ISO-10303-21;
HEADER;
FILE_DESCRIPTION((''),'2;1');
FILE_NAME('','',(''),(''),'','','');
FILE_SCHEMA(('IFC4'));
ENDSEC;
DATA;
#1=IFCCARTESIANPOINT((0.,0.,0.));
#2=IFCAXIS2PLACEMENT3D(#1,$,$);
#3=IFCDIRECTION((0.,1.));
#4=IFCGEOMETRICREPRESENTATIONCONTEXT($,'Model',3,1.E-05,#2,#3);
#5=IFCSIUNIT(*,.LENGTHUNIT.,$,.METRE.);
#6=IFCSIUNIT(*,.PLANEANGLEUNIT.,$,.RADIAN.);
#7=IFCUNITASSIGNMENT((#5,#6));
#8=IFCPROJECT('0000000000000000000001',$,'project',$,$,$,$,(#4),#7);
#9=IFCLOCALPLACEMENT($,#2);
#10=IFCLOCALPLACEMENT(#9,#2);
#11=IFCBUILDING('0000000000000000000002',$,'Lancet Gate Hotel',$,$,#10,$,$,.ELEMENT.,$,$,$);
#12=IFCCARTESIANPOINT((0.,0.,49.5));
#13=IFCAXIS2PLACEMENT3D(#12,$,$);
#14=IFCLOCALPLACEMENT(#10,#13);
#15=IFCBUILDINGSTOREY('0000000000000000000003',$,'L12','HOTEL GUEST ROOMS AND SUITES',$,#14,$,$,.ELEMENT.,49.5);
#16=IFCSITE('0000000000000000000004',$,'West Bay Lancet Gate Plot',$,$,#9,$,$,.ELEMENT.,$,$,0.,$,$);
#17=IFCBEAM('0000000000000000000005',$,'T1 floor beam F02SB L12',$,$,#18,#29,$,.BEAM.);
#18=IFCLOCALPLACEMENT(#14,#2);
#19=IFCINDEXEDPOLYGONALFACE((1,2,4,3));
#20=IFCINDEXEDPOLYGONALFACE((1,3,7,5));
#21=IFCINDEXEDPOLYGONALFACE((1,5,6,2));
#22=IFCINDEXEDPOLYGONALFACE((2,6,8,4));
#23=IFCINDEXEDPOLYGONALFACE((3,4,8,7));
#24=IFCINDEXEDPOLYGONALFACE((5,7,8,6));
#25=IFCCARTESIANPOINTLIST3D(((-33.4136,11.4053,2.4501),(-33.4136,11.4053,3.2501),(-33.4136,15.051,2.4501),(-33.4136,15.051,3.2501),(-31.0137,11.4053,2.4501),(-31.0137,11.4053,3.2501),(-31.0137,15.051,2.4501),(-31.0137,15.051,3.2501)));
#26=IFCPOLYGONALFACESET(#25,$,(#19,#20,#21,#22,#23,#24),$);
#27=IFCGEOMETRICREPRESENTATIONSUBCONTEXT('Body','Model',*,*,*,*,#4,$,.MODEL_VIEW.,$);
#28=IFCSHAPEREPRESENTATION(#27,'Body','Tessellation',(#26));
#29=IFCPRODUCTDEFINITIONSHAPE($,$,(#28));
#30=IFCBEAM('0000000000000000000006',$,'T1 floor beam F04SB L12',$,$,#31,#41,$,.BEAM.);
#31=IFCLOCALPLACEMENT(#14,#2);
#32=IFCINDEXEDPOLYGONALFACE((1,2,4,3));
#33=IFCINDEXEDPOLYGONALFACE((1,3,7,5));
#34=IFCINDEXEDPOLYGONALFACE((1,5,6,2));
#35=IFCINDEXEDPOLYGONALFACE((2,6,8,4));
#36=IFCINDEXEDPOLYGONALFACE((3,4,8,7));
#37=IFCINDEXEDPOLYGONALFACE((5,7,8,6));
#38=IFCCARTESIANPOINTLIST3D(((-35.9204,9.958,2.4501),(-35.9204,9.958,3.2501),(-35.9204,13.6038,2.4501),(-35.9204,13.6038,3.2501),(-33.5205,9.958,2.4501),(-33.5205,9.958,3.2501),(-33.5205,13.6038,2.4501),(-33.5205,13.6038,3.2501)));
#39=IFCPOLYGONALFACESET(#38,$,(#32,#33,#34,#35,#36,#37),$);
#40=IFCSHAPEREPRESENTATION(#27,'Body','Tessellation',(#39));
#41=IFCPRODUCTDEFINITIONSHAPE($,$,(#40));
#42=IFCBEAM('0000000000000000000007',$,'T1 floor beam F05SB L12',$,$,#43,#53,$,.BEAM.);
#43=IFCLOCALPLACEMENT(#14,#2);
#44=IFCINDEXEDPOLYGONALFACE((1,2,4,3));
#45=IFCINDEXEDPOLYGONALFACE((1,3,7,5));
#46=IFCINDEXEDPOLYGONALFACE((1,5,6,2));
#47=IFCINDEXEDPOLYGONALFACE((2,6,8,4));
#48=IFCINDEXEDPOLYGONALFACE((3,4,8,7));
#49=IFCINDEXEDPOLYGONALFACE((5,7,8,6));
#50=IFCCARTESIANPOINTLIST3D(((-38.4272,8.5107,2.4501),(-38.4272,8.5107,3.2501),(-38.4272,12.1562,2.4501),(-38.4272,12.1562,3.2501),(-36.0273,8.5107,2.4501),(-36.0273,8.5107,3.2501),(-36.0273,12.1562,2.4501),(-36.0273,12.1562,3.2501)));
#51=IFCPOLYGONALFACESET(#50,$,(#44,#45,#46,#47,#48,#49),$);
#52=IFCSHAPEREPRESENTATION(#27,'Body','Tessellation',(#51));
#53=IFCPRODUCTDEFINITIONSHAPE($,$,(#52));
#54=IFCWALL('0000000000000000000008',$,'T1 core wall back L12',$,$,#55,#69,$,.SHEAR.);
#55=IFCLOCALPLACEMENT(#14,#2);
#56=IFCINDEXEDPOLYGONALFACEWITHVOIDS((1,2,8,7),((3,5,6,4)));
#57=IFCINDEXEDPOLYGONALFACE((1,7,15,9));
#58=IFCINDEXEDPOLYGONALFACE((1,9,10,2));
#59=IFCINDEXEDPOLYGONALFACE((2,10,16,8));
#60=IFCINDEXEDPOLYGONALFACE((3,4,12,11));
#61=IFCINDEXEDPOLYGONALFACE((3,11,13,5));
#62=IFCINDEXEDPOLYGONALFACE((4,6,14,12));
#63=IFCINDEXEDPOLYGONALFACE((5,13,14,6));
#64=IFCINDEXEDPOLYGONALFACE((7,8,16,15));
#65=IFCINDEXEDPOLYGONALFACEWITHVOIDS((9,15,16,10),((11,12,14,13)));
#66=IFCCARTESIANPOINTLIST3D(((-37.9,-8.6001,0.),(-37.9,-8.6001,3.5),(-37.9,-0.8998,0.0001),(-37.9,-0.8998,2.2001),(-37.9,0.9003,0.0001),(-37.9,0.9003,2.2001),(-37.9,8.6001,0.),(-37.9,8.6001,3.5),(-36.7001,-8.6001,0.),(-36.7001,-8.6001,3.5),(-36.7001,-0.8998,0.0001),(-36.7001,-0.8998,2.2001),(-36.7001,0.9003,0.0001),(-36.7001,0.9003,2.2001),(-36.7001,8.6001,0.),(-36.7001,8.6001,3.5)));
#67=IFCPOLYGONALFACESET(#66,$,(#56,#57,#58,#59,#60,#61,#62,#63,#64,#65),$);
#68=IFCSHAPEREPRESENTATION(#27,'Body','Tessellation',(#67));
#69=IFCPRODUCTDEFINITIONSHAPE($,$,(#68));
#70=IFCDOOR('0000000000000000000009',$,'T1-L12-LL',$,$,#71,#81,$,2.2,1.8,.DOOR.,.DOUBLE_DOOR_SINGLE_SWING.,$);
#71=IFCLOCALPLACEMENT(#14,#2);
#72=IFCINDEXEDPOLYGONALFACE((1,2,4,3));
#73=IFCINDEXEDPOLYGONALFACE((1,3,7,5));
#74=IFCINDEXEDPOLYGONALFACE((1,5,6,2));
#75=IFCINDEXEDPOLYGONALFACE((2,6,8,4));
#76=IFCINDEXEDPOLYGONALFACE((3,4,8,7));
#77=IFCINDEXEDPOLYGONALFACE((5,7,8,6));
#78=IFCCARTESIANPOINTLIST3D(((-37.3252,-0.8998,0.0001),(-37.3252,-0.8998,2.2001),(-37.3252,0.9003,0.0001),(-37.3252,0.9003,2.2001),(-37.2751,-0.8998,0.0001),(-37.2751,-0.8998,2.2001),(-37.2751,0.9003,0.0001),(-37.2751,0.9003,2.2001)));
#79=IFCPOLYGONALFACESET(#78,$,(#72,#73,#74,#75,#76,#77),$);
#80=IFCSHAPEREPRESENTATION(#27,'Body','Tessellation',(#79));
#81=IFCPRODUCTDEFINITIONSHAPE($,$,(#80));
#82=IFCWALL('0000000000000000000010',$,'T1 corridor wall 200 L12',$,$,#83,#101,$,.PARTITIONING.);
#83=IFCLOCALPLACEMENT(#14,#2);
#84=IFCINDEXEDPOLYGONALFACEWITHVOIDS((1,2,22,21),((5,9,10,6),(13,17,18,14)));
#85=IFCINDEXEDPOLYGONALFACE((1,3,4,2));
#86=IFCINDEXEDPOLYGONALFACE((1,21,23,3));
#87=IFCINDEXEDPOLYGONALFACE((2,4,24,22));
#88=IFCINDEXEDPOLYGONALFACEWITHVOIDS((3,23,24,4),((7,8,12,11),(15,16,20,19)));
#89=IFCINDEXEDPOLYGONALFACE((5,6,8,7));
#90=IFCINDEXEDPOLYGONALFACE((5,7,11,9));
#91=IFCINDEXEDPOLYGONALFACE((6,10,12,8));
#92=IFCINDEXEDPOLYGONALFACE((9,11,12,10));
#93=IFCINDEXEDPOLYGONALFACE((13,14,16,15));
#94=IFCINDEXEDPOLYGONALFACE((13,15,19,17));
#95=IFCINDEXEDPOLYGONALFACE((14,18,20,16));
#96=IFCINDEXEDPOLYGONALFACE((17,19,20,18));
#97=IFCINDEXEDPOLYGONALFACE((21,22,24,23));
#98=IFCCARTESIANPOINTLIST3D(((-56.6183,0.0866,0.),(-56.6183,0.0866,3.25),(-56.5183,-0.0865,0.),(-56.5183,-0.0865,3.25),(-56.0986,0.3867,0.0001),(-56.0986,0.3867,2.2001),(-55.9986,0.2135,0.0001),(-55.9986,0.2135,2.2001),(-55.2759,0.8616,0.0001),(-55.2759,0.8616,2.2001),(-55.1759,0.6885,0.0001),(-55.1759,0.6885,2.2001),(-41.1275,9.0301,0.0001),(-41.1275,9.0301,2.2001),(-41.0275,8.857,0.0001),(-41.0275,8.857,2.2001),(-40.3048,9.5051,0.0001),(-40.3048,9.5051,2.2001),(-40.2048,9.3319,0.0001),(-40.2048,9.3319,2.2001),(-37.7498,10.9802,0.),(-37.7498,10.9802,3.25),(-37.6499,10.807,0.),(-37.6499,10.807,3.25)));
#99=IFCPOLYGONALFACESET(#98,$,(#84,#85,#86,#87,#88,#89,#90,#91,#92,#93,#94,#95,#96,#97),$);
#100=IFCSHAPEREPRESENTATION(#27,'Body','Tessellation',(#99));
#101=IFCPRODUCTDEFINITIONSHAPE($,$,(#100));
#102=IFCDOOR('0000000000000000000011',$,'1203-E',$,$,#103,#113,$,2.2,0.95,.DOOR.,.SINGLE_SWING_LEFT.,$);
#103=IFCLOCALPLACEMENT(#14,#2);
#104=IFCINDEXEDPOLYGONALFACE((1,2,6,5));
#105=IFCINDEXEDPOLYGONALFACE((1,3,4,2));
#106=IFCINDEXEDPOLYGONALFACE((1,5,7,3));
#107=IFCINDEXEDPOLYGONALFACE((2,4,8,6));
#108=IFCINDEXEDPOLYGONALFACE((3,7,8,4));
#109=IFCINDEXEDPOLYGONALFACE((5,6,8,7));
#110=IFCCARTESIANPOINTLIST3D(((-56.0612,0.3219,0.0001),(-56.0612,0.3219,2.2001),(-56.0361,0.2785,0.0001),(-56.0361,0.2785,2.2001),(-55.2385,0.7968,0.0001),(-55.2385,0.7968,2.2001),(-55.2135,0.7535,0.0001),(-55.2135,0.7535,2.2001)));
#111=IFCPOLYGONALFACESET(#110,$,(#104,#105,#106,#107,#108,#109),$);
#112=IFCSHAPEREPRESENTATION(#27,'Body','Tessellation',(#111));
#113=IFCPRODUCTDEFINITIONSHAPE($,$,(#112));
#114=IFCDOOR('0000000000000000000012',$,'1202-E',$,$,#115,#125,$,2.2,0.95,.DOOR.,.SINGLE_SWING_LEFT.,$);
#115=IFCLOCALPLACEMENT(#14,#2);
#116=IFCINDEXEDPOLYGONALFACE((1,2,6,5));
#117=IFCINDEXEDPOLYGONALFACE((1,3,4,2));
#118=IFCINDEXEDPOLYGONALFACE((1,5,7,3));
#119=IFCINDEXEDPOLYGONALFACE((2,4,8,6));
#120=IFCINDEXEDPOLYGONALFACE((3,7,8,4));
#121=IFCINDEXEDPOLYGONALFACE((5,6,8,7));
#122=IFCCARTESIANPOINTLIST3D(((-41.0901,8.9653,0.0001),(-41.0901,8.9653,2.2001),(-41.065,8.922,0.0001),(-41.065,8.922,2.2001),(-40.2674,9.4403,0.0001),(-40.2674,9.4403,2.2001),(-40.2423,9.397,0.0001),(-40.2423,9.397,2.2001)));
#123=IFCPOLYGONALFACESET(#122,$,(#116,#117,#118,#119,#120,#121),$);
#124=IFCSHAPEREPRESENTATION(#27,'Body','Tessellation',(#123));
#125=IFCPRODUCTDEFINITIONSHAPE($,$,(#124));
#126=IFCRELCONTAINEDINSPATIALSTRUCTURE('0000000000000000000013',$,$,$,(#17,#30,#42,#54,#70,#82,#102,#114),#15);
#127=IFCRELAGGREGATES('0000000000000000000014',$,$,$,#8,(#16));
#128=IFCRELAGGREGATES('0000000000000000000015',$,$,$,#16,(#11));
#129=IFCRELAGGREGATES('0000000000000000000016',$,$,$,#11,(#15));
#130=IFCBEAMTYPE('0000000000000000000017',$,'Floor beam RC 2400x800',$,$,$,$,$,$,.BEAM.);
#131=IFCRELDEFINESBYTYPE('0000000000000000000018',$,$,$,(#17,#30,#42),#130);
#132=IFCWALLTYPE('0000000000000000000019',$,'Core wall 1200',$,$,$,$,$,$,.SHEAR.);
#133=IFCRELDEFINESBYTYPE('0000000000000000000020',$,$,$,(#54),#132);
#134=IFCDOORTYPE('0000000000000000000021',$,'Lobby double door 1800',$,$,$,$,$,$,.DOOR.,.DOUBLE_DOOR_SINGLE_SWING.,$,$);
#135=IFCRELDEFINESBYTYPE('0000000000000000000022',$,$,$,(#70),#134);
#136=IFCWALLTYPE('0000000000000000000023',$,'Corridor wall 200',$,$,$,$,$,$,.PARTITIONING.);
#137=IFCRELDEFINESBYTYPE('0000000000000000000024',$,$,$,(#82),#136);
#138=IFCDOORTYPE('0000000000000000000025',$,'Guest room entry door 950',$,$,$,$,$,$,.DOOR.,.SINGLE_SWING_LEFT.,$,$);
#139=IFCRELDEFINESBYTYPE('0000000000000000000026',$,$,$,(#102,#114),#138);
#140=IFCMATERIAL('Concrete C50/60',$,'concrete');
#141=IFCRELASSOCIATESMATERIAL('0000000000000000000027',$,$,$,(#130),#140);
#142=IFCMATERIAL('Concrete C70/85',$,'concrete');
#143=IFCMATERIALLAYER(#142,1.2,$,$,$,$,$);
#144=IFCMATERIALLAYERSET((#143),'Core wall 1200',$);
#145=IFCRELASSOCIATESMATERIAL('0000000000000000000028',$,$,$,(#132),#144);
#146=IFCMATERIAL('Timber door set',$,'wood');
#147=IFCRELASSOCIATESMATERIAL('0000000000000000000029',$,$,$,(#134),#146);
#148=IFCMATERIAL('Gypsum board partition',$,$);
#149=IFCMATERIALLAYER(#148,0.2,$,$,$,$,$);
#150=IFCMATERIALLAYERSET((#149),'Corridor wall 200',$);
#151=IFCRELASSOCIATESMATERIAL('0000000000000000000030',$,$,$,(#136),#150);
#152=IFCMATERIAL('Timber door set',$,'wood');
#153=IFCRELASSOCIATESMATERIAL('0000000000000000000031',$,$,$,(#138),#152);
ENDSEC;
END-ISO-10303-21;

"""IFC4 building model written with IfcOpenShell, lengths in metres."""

from ifc_helpers import new_model, si_unit, direction, frame, frame_2d, origin, origin_2d, place, context, subcontext, project, spatial, rectangle, extrude, material, layer, layer_set, material_profile, profile_set, type_object, element, fill, save


model = new_model("IFC4")

# Units and contexts
model_context = context("Model", 3, precision=1e-05, world=origin(), true_north=direction((0.0, 1.0)))
body_context = subcontext(model_context, "Body", "Model", "MODEL_VIEW")
ifc_project = project(units=[si_unit("LENGTHUNIT", "METRE"), si_unit("PLANEANGLEUNIT", "RADIAN")], contexts=[model_context])

# Site, building, storey
site_placement = place(None, origin())
site = spatial("IfcSite", under=ifc_project, at=site_placement, Name="West Bay Lancet Gate Plot", CompositionType="ELEMENT", RefElevation=0.0)
building_placement = place(site_placement, origin())
building = spatial("IfcBuilding", under=site, at=building_placement, Name="Lancet Gate Hotel", CompositionType="ELEMENT")
storey_placement = place(building_placement, frame((0.0, 0.0, 49.5)))
storey = spatial("IfcBuildingStorey", under=building, at=storey_placement, Name="L12", Description="HOTEL GUEST ROOMS AND SUITES", CompositionType="ELEMENT", Elevation=49.5)

# Beams
ifc_material_1 = material(Name="Concrete C50/60", Category="concrete")
ifc_material_profile = material_profile(ifc_material_1, rectangle(XDim=2.3999, YDim=0.8, at=origin_2d()), Name="RC 2400x800")
ifc_profile_set = profile_set([ifc_material_profile], Name="Concrete C50/60")
beam_type = type_object("IfcBeamType", Name="Floor beam RC 2400x800", PredefinedType="BEAM", material=ifc_profile_set)
for number, where, z_axis, x_axis, name in (
    (1, (-32.2136, 15.051, 2.8501), (0.0, -1.0, 0.0), (1.0, 0.0, 0.0), "T1 floor beam F02SB L12"),
    (2, (-34.7205, 13.6038, 2.8501), (0.0, -1.0, 0.0), (1.0, 0.0, 0.0), "T1 floor beam F04SB L12"),
):
    element("IfcBeam", number, at=place(storey_placement, frame(where, z_axis=z_axis, x_axis=x_axis)), inside=storey, type_object=beam_type, Name=name, PredefinedType="BEAM", context=body_context, shape_type="SweptSolid", body=[
        extrude(rectangle(XDim=2.3999, YDim=0.8, at=origin_2d()), origin(), (0.0, 0.0, 1.0), 3.6458),
    ])
beam_placement = place(storey_placement, frame((-37.2273, 12.1562, 2.8501), z_axis=(0.0, -1.0, 0.0), x_axis=(1.0, 0.0, 0.0)))
element("IfcBeam", 3, at=beam_placement, inside=storey, type_object=beam_type, Name="T1 floor beam F05SB L12", PredefinedType="BEAM", context=body_context, shape_type="SweptSolid", body=[
    extrude(rectangle(XDim=2.3999, YDim=0.8, at=origin_2d()), origin(), (0.0, 0.0, 1.0), 3.6455),
])

# Wall, opening, door
ifc_material_2 = material(Name="Concrete C70/85", Category="concrete")
ifc_layer_1 = layer(ifc_material_2, 1.2)
ifc_layer_set_1 = layer_set([ifc_layer_1], Name="Core wall 1200")
wall_type_1 = type_object("IfcWallType", Name="Core wall 1200", PredefinedType="SHEAR", material=ifc_layer_set_1)
wall_1_placement = place(storey_placement, frame((-37.3, 8.6001, 0.0), z_axis=(0.0, 0.0, 1.0), x_axis=(0.0, -1.0, 0.0)))
wall_1 = element("IfcWall", 4, at=wall_1_placement, inside=storey, type_object=wall_type_1, Name="T1 core wall back L12", PredefinedType="SHEAR", context=body_context, shape_type="SweptSolid", body=[
    extrude(rectangle(XDim=17.2002, YDim=1.2, at=frame_2d((8.6001, 0.0))), origin(), (0.0, 0.0, 1.0), 3.5),
])
opening_1_placement = place(wall_1_placement, frame((7.7, 0.0, 0.0)))
opening_1 = element("IfcOpeningElement", 5, at=opening_1_placement, cuts=wall_1, PredefinedType="OPENING", context=body_context, shape_type="SweptSolid", body=[
    extrude(rectangle(XDim=1.8, YDim=2.2, at=frame_2d((0.8999, 1.1001))), frame((0.0, 0.6099, 0.0), z_axis=(0.0, -1.0, 0.0), x_axis=(1.0, 0.0, 0.0)), (0.0, 0.0, 1.0), 1.22),
])
ifc_material_3 = material(Name="Timber door set", Category="wood")
door_type_1 = type_object("IfcDoorType", Name="Lobby double door 1800", OperationType="DOUBLE_DOOR_SINGLE_SWING", PredefinedType="DOOR", material=ifc_material_3)
door_1_placement = place(opening_1_placement, origin())
door_1 = element("IfcDoor", 6, at=door_1_placement, inside=storey, type_object=door_type_1, Name="T1-L12-LL", OperationType="DOUBLE_DOOR_SINGLE_SWING", OverallHeight=2.2, OverallWidth=1.8, PredefinedType="DOOR", context=body_context, shape_type="SweptSolid", body=[
    extrude(rectangle(XDim=1.8, YDim=2.2, at=frame_2d((0.8999, 1.1001))), frame((0.0, 0.0249, 0.0), z_axis=(0.0, -1.0, 0.0), x_axis=(1.0, 0.0, 0.0)), (0.0, 0.0, 1.0), 0.05),
])
fill(opening_1, door_1)

# Wall, openings, doors
ifc_material_4 = material(Name="Gypsum board partition")
ifc_layer_2 = layer(ifc_material_4, 0.2)
ifc_layer_set_2 = layer_set([ifc_layer_2], Name="Corridor wall 200")
wall_type_2 = type_object("IfcWallType", Name="Corridor wall 200", PredefinedType="PARTITIONING", material=ifc_layer_set_2)
wall_2_placement = place(storey_placement, frame((-37.7, 10.8936, 0.0), z_axis=(0.0, 0.0, 1.0), x_axis=(-0.866028, -0.499996, 0.0)))
wall_2 = element("IfcWall", 7, at=wall_2_placement, inside=storey, type_object=wall_type_2, Name="T1 corridor wall 200 L12", PredefinedType="PARTITIONING", context=body_context, shape_type="SweptSolid", body=[
    extrude(rectangle(XDim=21.7874, YDim=0.2, at=frame_2d((10.8936, 0.0))), origin(), (0.0, 0.0, 1.0), 3.25),
])
opening_2_placement = place(wall_2_placement, frame((20.2371, 0.0, 0.0)))
opening_2 = element("IfcOpeningElement", 8, at=opening_2_placement, cuts=wall_2, PredefinedType="OPENING", context=body_context, shape_type="SweptSolid", body=[
    extrude(rectangle(XDim=0.95, YDim=2.2, at=frame_2d((0.4751, 1.1001))), frame((0.0, 0.1099, 0.0), z_axis=(0.0, -1.0, 0.0), x_axis=(1.0, 0.0, 0.0)), (0.0, 0.0, 1.0), 0.22),
])
opening_3_placement = place(wall_2_placement, frame((2.95, 0.0, 0.0)))
opening_3 = element("IfcOpeningElement", 9, at=opening_3_placement, cuts=wall_2, PredefinedType="OPENING", context=body_context, shape_type="SweptSolid", body=[
    extrude(rectangle(XDim=0.95, YDim=2.2, at=frame_2d((0.4751, 1.1001))), frame((0.0, 0.1099, 0.0), z_axis=(0.0, -1.0, 0.0), x_axis=(1.0, 0.0, 0.0)), (0.0, 0.0, 1.0), 0.22),
])
ifc_material_5 = material(Name="Timber door set", Category="wood")
door_type_2 = type_object("IfcDoorType", Name="Guest room entry door 950", OperationType="SINGLE_SWING_LEFT", PredefinedType="DOOR", material=ifc_material_5)
door_2_placement = place(opening_2_placement, origin())
door_2 = element("IfcDoor", 10, at=door_2_placement, inside=storey, type_object=door_type_2, Name="1203-E", OperationType="SINGLE_SWING_LEFT", OverallHeight=2.2, OverallWidth=0.95, PredefinedType="DOOR", context=body_context, shape_type="SweptSolid", body=[
    extrude(rectangle(XDim=0.95, YDim=2.2, at=frame_2d((0.4751, 1.1001))), frame((0.0, 0.0249, 0.0), z_axis=(0.0, -1.0, 0.0), x_axis=(1.0, 0.0, 0.0)), (0.0, 0.0, 1.0), 0.05),
])
fill(opening_2, door_2)
door_3_placement = place(opening_3_placement, origin())
door_3 = element("IfcDoor", 11, at=door_3_placement, inside=storey, type_object=door_type_2, Name="1202-E", OperationType="SINGLE_SWING_LEFT", OverallHeight=2.2, OverallWidth=0.95, PredefinedType="DOOR", context=body_context, shape_type="SweptSolid", body=[
    extrude(rectangle(XDim=0.95, YDim=2.2, at=frame_2d((0.4751, 1.1001))), frame((0.0, 0.0249, 0.0), z_axis=(0.0, -1.0, 0.0), x_axis=(1.0, 0.0, 0.0)), (0.0, 0.0, 1.0), 0.05),
])
fill(opening_3, door_3)

save(model, "model.ifc")
